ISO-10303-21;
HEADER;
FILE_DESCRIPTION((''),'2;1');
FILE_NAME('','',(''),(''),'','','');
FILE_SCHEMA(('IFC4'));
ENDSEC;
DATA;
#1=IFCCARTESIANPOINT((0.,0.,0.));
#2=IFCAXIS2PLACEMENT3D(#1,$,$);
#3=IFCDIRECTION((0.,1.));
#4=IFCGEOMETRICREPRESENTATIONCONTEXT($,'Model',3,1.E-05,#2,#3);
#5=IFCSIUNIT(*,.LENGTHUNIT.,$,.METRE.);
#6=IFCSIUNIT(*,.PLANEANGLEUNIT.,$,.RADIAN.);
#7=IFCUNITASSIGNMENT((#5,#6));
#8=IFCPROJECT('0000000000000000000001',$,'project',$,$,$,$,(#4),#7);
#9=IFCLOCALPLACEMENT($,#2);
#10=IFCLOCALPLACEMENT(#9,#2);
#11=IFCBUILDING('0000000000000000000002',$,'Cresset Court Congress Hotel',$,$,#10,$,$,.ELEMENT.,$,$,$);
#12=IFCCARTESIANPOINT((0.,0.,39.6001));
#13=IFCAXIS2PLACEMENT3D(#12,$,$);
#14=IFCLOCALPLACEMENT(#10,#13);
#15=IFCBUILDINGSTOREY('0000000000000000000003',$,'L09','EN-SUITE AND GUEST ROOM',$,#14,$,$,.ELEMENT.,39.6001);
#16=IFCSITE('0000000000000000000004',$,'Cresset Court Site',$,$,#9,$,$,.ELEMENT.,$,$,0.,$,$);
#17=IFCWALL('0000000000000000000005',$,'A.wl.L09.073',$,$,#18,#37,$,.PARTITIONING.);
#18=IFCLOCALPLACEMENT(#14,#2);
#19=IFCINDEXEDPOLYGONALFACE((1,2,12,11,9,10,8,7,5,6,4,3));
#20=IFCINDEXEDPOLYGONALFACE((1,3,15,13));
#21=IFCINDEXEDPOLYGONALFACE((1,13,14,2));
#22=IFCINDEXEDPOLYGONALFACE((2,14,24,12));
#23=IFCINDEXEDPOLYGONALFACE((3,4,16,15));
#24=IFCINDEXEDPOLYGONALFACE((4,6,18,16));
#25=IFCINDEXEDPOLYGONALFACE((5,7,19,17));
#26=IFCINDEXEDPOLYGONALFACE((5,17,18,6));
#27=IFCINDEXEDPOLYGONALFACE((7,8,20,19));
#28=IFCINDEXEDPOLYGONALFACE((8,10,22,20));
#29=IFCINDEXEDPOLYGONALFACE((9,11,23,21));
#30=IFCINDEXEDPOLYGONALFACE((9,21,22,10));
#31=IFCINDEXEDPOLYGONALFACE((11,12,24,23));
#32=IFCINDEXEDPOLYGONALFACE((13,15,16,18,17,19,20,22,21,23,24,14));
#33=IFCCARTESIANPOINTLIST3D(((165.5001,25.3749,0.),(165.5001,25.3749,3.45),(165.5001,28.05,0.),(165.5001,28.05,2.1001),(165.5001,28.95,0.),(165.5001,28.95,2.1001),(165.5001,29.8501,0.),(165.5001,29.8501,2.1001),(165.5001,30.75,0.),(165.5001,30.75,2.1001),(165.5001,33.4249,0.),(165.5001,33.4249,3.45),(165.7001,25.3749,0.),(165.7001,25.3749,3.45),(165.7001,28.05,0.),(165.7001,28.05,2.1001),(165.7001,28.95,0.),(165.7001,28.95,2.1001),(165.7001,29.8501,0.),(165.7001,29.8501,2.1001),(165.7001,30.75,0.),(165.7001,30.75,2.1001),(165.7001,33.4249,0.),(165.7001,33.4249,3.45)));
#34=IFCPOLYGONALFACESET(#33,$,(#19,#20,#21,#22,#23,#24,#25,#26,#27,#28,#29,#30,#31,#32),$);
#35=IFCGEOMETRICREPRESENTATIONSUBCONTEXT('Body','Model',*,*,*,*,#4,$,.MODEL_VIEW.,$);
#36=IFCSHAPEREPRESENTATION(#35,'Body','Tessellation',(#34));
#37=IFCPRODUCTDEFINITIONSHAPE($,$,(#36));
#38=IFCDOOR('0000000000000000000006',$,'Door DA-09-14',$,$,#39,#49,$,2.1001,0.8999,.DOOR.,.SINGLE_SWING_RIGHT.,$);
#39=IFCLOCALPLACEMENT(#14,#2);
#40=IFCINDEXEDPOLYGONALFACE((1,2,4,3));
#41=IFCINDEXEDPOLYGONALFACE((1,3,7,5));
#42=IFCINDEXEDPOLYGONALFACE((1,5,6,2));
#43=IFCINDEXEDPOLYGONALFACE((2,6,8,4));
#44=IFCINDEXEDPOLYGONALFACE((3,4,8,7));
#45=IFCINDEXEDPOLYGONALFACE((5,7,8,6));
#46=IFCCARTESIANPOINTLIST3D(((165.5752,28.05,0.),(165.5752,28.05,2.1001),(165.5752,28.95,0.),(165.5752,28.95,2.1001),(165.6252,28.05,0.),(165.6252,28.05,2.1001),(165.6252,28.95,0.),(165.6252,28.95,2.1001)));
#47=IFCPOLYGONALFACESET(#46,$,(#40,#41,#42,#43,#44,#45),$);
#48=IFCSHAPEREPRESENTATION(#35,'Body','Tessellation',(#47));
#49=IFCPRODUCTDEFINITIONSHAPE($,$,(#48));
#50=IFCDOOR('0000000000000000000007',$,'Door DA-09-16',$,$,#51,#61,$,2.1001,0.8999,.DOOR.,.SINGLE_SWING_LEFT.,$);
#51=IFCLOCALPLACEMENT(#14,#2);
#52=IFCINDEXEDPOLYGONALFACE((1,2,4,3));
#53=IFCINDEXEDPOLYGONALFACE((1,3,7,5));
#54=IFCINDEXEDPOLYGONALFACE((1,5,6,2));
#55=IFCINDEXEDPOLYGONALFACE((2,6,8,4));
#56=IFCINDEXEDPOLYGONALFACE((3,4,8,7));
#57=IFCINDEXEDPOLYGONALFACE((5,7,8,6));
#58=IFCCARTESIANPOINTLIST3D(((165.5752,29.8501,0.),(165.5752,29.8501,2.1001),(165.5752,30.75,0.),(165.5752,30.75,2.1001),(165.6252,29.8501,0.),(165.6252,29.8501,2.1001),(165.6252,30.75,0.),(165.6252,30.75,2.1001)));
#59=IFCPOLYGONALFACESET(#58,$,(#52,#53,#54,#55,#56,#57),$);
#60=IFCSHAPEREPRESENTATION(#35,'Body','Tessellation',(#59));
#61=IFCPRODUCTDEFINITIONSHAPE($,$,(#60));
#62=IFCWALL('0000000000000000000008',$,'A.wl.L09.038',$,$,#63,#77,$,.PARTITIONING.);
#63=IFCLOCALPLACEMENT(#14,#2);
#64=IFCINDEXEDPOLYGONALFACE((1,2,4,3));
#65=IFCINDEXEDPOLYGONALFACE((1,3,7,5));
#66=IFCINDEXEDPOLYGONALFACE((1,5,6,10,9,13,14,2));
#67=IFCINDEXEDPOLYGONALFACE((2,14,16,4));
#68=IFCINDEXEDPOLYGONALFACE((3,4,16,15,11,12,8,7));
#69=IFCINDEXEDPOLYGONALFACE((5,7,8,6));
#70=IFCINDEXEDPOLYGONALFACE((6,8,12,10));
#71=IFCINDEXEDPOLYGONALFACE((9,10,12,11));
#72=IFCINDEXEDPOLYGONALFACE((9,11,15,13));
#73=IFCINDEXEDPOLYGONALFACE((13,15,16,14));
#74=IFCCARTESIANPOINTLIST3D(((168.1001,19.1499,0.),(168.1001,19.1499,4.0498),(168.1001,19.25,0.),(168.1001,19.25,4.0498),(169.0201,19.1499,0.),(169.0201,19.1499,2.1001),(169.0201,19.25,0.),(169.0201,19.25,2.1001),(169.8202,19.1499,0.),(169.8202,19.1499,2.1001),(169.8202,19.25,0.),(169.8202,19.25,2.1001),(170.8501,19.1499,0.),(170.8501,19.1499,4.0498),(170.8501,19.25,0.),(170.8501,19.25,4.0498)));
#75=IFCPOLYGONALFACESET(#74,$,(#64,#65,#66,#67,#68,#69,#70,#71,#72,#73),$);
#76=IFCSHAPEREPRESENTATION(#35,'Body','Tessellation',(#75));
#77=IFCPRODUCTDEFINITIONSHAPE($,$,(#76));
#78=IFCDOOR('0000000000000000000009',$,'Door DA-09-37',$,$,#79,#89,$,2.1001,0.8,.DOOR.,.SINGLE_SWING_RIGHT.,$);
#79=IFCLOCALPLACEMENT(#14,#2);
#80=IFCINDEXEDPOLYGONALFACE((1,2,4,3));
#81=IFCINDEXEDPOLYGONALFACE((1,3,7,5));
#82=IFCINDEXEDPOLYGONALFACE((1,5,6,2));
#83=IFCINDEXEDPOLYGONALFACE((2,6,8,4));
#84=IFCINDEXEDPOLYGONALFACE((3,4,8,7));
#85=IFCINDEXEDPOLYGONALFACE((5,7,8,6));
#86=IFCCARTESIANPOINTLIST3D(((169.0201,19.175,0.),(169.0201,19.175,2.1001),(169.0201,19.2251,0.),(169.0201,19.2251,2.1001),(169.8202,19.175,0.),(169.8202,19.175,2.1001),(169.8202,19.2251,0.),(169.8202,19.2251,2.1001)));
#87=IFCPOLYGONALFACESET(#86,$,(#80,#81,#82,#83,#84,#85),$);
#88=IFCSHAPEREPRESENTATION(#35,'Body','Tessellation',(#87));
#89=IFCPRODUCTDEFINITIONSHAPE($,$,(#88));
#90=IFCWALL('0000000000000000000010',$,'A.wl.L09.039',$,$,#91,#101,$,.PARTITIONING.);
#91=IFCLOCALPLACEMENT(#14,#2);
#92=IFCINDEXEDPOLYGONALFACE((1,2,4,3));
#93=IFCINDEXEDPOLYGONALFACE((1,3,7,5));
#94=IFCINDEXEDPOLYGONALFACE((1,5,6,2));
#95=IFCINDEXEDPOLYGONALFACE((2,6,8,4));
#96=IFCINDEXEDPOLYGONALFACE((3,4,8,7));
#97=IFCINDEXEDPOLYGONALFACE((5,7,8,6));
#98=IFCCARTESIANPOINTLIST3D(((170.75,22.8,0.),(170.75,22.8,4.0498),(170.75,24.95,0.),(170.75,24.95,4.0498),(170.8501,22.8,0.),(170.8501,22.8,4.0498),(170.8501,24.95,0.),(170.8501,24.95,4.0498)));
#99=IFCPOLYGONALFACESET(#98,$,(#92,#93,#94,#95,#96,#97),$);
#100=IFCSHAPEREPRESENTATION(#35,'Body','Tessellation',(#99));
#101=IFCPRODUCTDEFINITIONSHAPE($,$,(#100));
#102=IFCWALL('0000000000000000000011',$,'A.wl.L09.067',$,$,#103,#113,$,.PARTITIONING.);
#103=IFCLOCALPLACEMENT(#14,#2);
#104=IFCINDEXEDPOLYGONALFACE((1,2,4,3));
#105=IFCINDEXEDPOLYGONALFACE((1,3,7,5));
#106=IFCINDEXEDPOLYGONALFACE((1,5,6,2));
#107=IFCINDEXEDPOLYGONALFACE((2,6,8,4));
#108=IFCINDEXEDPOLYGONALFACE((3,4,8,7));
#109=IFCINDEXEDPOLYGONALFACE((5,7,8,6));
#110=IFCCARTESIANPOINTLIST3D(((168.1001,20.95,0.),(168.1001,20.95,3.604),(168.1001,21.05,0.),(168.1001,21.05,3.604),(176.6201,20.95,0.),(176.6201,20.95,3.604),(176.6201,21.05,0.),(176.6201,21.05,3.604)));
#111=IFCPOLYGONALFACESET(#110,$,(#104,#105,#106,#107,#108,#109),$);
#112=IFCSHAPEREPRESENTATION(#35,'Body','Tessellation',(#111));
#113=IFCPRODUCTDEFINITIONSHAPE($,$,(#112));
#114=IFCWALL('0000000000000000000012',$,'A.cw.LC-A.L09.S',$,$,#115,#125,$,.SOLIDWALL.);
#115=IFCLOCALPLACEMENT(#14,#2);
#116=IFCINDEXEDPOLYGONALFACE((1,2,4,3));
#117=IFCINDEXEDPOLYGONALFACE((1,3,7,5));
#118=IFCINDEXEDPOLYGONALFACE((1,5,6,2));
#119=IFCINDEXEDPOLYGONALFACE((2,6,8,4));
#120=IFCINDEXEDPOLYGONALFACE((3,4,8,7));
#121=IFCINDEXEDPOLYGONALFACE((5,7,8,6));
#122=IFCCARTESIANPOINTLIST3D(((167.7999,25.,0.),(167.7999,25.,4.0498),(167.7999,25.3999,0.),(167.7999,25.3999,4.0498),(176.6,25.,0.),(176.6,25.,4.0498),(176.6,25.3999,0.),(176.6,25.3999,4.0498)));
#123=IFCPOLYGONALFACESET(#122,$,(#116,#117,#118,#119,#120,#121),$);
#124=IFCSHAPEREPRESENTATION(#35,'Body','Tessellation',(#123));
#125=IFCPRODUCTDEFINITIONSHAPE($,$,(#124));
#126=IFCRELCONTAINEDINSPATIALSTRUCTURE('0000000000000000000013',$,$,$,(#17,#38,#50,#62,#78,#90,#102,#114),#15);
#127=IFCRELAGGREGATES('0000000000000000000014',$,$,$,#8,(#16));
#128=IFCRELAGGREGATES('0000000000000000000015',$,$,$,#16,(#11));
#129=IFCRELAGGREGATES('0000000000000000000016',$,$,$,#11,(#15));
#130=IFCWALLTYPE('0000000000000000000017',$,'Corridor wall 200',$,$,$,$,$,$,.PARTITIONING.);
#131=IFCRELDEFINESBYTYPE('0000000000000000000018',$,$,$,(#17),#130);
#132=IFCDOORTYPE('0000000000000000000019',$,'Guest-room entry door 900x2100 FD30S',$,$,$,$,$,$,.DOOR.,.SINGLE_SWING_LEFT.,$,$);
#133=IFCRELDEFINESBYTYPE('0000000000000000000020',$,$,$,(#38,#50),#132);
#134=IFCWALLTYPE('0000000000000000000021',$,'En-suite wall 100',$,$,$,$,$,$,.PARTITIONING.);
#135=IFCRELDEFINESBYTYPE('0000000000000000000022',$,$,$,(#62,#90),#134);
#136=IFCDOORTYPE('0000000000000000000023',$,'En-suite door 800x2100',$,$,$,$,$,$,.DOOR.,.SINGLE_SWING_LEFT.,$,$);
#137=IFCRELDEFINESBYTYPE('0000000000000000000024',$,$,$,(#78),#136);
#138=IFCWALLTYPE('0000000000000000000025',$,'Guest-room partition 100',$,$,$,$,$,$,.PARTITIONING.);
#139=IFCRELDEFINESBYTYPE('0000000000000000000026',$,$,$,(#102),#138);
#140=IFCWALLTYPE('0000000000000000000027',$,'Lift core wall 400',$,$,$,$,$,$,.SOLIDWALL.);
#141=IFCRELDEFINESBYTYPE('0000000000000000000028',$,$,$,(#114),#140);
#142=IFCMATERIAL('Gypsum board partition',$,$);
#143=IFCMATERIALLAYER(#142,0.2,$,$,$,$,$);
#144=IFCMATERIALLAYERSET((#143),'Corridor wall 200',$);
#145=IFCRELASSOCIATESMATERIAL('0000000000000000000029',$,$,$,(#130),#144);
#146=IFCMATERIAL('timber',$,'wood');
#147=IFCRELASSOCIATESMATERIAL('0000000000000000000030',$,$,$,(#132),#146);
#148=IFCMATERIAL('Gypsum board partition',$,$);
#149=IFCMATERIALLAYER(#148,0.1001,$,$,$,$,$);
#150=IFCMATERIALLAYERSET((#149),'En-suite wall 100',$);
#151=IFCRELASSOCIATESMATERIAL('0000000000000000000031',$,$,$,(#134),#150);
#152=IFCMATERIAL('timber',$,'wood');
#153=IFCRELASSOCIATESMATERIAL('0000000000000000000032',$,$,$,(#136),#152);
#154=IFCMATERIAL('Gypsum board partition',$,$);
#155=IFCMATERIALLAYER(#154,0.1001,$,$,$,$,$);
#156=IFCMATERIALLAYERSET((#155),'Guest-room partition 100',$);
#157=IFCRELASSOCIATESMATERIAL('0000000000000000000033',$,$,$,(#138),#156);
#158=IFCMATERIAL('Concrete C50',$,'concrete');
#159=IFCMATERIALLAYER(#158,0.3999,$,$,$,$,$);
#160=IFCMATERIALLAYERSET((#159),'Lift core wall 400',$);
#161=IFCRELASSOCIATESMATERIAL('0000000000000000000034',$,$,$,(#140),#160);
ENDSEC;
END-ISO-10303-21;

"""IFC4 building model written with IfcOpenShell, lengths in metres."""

from ifc_helpers import new_model, si_unit, direction, frame, frame_2d, origin, place, context, subcontext, project, spatial, rectangle, extrude, material, layer, layer_set, type_object, element, fill, save


model = new_model("IFC4")

# Units and contexts
model_context = context("Model", 3, precision=1e-05, world=origin(), true_north=direction((0.0, 1.0)))
body_context = subcontext(model_context, "Body", "Model", "MODEL_VIEW")
ifc_project = project(units=[si_unit("LENGTHUNIT", "METRE"), si_unit("PLANEANGLEUNIT", "RADIAN")], contexts=[model_context])

# Site, building, storey
site_placement = place(None, origin())
site = spatial("IfcSite", under=ifc_project, at=site_placement, Name="Cresset Court Site", CompositionType="ELEMENT", RefElevation=0.0)
building_placement = place(site_placement, origin())
building = spatial("IfcBuilding", under=site, at=building_placement, Name="Cresset Court Congress Hotel", CompositionType="ELEMENT")
storey_placement = place(building_placement, frame((0.0, 0.0, 39.6001)))
storey = spatial("IfcBuildingStorey", under=building, at=storey_placement, Name="L09", Description="EN-SUITE AND GUEST ROOM", CompositionType="ELEMENT", Elevation=39.6001)

# Wall, openings, doors
ifc_material_1 = material(Name="Gypsum board partition")
ifc_layer_1 = layer(ifc_material_1, 0.2)
ifc_layer_set_1 = layer_set([ifc_layer_1], Name="Corridor wall 200")
wall_type_1 = type_object("IfcWallType", Name="Corridor wall 200", PredefinedType="PARTITIONING", material=ifc_layer_set_1)
wall_1_placement = place(storey_placement, frame((165.6001, 25.375, 0.0), z_axis=(0.0, 0.0, 1.0), x_axis=(0.0, 1.0, 0.0)))
wall_1 = element("IfcWall", 1, at=wall_1_placement, inside=storey, type_object=wall_type_1, Name="A.wl.L09.073", PredefinedType="PARTITIONING", context=body_context, shape_type="SweptSolid", body=[
    extrude(rectangle(XDim=8.05, YDim=0.2, at=frame_2d((4.0249, 0.0))), origin(), (0.0, 0.0, 1.0), 3.45),
])
opening_1_placement = place(wall_1_placement, frame((2.675, 0.0, 0.0)))
opening_1 = element("IfcOpeningElement", 2, at=opening_1_placement, cuts=wall_1, PredefinedType="OPENING", context=body_context, shape_type="SweptSolid", body=[
    extrude(rectangle(XDim=0.8999, YDim=2.1001, at=frame_2d((0.45, 1.05))), frame((0.0, 0.1099, 0.0), z_axis=(0.0, -1.0, 0.0), x_axis=(1.0, 0.0, 0.0)), (0.0, 0.0, 1.0), 0.22),
])
opening_2_placement = place(wall_1_placement, frame((4.4751, 0.0, 0.0)))
opening_2 = element("IfcOpeningElement", 3, at=opening_2_placement, cuts=wall_1, PredefinedType="OPENING", context=body_context, shape_type="SweptSolid", body=[
    extrude(rectangle(XDim=0.8999, YDim=2.1001, at=frame_2d((0.45, 1.05))), frame((0.0, 0.1099, 0.0), z_axis=(0.0, -1.0, 0.0), x_axis=(1.0, 0.0, 0.0)), (0.0, 0.0, 1.0), 0.22),
])
ifc_material_2 = material(Name="timber", Category="wood")
door_type_1 = type_object("IfcDoorType", Name="Guest-room entry door 900x2100 FD30S", OperationType="SINGLE_SWING_LEFT", PredefinedType="DOOR", material=ifc_material_2)
door_1_placement = place(opening_1_placement, origin())
door_1 = element("IfcDoor", 4, at=door_1_placement, inside=storey, type_object=door_type_1, Name="Door DA-09-14", OperationType="SINGLE_SWING_RIGHT", OverallHeight=2.1001, OverallWidth=0.8999, PredefinedType="DOOR", context=body_context, shape_type="SweptSolid", body=[
    extrude(rectangle(XDim=0.8999, YDim=2.1001, at=frame_2d((0.45, 1.05))), frame((0.0, 0.0249, 0.0), z_axis=(0.0, -1.0, 0.0), x_axis=(1.0, 0.0, 0.0)), (0.0, 0.0, 1.0), 0.05),
])
fill(opening_1, door_1)
door_2_placement = place(opening_2_placement, origin())
door_2 = element("IfcDoor", 5, at=door_2_placement, inside=storey, type_object=door_type_1, Name="Door DA-09-16", OperationType="SINGLE_SWING_LEFT", OverallHeight=2.1001, OverallWidth=0.8999, PredefinedType="DOOR", context=body_context, shape_type="SweptSolid", body=[
    extrude(rectangle(XDim=0.8999, YDim=2.1001, at=frame_2d((0.45, 1.05))), frame((0.0, 0.0249, 0.0), z_axis=(0.0, -1.0, 0.0), x_axis=(1.0, 0.0, 0.0)), (0.0, 0.0, 1.0), 0.05),
])
fill(opening_2, door_2)

# Wall, opening, door
ifc_material_3 = material(Name="Gypsum board partition")
ifc_layer_2 = layer(ifc_material_3, 0.1001)
ifc_layer_set_2 = layer_set([ifc_layer_2], Name="En-suite wall 100")
wall_type_2 = type_object("IfcWallType", Name="En-suite wall 100", PredefinedType="PARTITIONING", material=ifc_layer_set_2)
wall_2_placement = place(storey_placement, frame((170.8501, 19.2, 0.0), z_axis=(0.0, 0.0, 1.0), x_axis=(-1.0, 0.0, 0.0)))
wall_2 = element("IfcWall", 6, at=wall_2_placement, inside=storey, type_object=wall_type_2, Name="A.wl.L09.038", PredefinedType="PARTITIONING", context=body_context, shape_type="SweptSolid", body=[
    extrude(rectangle(XDim=2.75, YDim=0.1001, at=frame_2d((1.375, 0.0))), origin(), (0.0, 0.0, 1.0), 4.0498),
])
opening_3_placement = place(wall_2_placement, frame((1.03, 0.0, 0.0)))
opening_3 = element("IfcOpeningElement", 7, at=opening_3_placement, cuts=wall_2, PredefinedType="OPENING", context=body_context, shape_type="SweptSolid", body=[
    extrude(rectangle(XDim=0.8, YDim=2.1001, at=frame_2d((0.3999, 1.05))), frame((0.0, 0.0601, 0.0), z_axis=(0.0, -1.0, 0.0), x_axis=(1.0, 0.0, 0.0)), (0.0, 0.0, 1.0), 0.1201),
])
ifc_material_4 = material(Name="timber", Category="wood")
door_type_2 = type_object("IfcDoorType", Name="En-suite door 800x2100", OperationType="SINGLE_SWING_LEFT", PredefinedType="DOOR", material=ifc_material_4)
door_3_placement = place(opening_3_placement, origin())
door_3 = element("IfcDoor", 8, at=door_3_placement, inside=storey, type_object=door_type_2, Name="Door DA-09-37", OperationType="SINGLE_SWING_RIGHT", OverallHeight=2.1001, OverallWidth=0.8, PredefinedType="DOOR", context=body_context, shape_type="SweptSolid", body=[
    extrude(rectangle(XDim=0.8, YDim=2.1001, at=frame_2d((0.3999, 1.05))), frame((0.0, 0.0249, 0.0), z_axis=(0.0, -1.0, 0.0), x_axis=(1.0, 0.0, 0.0)), (0.0, 0.0, 1.0), 0.05),
])
fill(opening_3, door_3)

# Walls
wall_3_placement = place(storey_placement, frame((170.8, 22.8, 0.0), z_axis=(0.0, 0.0, 1.0), x_axis=(0.0, 1.0, 0.0)))
element("IfcWall", 9, at=wall_3_placement, inside=storey, type_object=wall_type_2, Name="A.wl.L09.039", PredefinedType="PARTITIONING", context=body_context, shape_type="SweptSolid", body=[
    extrude(rectangle(XDim=2.1499, YDim=0.1001, at=frame_2d((1.075, 0.0))), origin(), (0.0, 0.0, 1.0), 4.0498),
])
ifc_material_5 = material(Name="Gypsum board partition")
ifc_layer_3 = layer(ifc_material_5, 0.1001)
ifc_layer_set_3 = layer_set([ifc_layer_3], Name="Guest-room partition 100")
wall_type_3 = type_object("IfcWallType", Name="Guest-room partition 100", PredefinedType="PARTITIONING", material=ifc_layer_set_3)
wall_4_placement = place(storey_placement, frame((168.1001, 21.0, 0.0), z_axis=(0.0, 0.0, 1.0), x_axis=(1.0, 0.0, 0.0)))
element("IfcWall", 10, at=wall_4_placement, inside=storey, type_object=wall_type_3, Name="A.wl.L09.067", PredefinedType="PARTITIONING", context=body_context, shape_type="SweptSolid", body=[
    extrude(rectangle(XDim=8.52, YDim=0.1001, at=frame_2d((4.26, 0.0))), origin(), (0.0, 0.0, 1.0), 3.604),
])
ifc_material_6 = material(Name="Concrete C50", Category="concrete")
ifc_layer_4 = layer(ifc_material_6, 0.3999)
ifc_layer_set_4 = layer_set([ifc_layer_4], Name="Lift core wall 400")
wall_type_4 = type_object("IfcWallType", Name="Lift core wall 400", PredefinedType="SOLIDWALL", material=ifc_layer_set_4)
wall_5_placement = place(storey_placement, frame((167.8, 25.2, 0.0), z_axis=(0.0, 0.0, 1.0), x_axis=(1.0, 0.0, 0.0)))
element("IfcWall", 11, at=wall_5_placement, inside=storey, type_object=wall_type_4, Name="A.cw.LC-A.L09.S", PredefinedType="SOLIDWALL", context=body_context, shape_type="SweptSolid", body=[
    extrude(rectangle(XDim=8.8, YDim=0.3999, at=frame_2d((4.3999, 0.0))), origin(), (0.0, 0.0, 1.0), 4.0498),
])

save(model, "model.ifc")
